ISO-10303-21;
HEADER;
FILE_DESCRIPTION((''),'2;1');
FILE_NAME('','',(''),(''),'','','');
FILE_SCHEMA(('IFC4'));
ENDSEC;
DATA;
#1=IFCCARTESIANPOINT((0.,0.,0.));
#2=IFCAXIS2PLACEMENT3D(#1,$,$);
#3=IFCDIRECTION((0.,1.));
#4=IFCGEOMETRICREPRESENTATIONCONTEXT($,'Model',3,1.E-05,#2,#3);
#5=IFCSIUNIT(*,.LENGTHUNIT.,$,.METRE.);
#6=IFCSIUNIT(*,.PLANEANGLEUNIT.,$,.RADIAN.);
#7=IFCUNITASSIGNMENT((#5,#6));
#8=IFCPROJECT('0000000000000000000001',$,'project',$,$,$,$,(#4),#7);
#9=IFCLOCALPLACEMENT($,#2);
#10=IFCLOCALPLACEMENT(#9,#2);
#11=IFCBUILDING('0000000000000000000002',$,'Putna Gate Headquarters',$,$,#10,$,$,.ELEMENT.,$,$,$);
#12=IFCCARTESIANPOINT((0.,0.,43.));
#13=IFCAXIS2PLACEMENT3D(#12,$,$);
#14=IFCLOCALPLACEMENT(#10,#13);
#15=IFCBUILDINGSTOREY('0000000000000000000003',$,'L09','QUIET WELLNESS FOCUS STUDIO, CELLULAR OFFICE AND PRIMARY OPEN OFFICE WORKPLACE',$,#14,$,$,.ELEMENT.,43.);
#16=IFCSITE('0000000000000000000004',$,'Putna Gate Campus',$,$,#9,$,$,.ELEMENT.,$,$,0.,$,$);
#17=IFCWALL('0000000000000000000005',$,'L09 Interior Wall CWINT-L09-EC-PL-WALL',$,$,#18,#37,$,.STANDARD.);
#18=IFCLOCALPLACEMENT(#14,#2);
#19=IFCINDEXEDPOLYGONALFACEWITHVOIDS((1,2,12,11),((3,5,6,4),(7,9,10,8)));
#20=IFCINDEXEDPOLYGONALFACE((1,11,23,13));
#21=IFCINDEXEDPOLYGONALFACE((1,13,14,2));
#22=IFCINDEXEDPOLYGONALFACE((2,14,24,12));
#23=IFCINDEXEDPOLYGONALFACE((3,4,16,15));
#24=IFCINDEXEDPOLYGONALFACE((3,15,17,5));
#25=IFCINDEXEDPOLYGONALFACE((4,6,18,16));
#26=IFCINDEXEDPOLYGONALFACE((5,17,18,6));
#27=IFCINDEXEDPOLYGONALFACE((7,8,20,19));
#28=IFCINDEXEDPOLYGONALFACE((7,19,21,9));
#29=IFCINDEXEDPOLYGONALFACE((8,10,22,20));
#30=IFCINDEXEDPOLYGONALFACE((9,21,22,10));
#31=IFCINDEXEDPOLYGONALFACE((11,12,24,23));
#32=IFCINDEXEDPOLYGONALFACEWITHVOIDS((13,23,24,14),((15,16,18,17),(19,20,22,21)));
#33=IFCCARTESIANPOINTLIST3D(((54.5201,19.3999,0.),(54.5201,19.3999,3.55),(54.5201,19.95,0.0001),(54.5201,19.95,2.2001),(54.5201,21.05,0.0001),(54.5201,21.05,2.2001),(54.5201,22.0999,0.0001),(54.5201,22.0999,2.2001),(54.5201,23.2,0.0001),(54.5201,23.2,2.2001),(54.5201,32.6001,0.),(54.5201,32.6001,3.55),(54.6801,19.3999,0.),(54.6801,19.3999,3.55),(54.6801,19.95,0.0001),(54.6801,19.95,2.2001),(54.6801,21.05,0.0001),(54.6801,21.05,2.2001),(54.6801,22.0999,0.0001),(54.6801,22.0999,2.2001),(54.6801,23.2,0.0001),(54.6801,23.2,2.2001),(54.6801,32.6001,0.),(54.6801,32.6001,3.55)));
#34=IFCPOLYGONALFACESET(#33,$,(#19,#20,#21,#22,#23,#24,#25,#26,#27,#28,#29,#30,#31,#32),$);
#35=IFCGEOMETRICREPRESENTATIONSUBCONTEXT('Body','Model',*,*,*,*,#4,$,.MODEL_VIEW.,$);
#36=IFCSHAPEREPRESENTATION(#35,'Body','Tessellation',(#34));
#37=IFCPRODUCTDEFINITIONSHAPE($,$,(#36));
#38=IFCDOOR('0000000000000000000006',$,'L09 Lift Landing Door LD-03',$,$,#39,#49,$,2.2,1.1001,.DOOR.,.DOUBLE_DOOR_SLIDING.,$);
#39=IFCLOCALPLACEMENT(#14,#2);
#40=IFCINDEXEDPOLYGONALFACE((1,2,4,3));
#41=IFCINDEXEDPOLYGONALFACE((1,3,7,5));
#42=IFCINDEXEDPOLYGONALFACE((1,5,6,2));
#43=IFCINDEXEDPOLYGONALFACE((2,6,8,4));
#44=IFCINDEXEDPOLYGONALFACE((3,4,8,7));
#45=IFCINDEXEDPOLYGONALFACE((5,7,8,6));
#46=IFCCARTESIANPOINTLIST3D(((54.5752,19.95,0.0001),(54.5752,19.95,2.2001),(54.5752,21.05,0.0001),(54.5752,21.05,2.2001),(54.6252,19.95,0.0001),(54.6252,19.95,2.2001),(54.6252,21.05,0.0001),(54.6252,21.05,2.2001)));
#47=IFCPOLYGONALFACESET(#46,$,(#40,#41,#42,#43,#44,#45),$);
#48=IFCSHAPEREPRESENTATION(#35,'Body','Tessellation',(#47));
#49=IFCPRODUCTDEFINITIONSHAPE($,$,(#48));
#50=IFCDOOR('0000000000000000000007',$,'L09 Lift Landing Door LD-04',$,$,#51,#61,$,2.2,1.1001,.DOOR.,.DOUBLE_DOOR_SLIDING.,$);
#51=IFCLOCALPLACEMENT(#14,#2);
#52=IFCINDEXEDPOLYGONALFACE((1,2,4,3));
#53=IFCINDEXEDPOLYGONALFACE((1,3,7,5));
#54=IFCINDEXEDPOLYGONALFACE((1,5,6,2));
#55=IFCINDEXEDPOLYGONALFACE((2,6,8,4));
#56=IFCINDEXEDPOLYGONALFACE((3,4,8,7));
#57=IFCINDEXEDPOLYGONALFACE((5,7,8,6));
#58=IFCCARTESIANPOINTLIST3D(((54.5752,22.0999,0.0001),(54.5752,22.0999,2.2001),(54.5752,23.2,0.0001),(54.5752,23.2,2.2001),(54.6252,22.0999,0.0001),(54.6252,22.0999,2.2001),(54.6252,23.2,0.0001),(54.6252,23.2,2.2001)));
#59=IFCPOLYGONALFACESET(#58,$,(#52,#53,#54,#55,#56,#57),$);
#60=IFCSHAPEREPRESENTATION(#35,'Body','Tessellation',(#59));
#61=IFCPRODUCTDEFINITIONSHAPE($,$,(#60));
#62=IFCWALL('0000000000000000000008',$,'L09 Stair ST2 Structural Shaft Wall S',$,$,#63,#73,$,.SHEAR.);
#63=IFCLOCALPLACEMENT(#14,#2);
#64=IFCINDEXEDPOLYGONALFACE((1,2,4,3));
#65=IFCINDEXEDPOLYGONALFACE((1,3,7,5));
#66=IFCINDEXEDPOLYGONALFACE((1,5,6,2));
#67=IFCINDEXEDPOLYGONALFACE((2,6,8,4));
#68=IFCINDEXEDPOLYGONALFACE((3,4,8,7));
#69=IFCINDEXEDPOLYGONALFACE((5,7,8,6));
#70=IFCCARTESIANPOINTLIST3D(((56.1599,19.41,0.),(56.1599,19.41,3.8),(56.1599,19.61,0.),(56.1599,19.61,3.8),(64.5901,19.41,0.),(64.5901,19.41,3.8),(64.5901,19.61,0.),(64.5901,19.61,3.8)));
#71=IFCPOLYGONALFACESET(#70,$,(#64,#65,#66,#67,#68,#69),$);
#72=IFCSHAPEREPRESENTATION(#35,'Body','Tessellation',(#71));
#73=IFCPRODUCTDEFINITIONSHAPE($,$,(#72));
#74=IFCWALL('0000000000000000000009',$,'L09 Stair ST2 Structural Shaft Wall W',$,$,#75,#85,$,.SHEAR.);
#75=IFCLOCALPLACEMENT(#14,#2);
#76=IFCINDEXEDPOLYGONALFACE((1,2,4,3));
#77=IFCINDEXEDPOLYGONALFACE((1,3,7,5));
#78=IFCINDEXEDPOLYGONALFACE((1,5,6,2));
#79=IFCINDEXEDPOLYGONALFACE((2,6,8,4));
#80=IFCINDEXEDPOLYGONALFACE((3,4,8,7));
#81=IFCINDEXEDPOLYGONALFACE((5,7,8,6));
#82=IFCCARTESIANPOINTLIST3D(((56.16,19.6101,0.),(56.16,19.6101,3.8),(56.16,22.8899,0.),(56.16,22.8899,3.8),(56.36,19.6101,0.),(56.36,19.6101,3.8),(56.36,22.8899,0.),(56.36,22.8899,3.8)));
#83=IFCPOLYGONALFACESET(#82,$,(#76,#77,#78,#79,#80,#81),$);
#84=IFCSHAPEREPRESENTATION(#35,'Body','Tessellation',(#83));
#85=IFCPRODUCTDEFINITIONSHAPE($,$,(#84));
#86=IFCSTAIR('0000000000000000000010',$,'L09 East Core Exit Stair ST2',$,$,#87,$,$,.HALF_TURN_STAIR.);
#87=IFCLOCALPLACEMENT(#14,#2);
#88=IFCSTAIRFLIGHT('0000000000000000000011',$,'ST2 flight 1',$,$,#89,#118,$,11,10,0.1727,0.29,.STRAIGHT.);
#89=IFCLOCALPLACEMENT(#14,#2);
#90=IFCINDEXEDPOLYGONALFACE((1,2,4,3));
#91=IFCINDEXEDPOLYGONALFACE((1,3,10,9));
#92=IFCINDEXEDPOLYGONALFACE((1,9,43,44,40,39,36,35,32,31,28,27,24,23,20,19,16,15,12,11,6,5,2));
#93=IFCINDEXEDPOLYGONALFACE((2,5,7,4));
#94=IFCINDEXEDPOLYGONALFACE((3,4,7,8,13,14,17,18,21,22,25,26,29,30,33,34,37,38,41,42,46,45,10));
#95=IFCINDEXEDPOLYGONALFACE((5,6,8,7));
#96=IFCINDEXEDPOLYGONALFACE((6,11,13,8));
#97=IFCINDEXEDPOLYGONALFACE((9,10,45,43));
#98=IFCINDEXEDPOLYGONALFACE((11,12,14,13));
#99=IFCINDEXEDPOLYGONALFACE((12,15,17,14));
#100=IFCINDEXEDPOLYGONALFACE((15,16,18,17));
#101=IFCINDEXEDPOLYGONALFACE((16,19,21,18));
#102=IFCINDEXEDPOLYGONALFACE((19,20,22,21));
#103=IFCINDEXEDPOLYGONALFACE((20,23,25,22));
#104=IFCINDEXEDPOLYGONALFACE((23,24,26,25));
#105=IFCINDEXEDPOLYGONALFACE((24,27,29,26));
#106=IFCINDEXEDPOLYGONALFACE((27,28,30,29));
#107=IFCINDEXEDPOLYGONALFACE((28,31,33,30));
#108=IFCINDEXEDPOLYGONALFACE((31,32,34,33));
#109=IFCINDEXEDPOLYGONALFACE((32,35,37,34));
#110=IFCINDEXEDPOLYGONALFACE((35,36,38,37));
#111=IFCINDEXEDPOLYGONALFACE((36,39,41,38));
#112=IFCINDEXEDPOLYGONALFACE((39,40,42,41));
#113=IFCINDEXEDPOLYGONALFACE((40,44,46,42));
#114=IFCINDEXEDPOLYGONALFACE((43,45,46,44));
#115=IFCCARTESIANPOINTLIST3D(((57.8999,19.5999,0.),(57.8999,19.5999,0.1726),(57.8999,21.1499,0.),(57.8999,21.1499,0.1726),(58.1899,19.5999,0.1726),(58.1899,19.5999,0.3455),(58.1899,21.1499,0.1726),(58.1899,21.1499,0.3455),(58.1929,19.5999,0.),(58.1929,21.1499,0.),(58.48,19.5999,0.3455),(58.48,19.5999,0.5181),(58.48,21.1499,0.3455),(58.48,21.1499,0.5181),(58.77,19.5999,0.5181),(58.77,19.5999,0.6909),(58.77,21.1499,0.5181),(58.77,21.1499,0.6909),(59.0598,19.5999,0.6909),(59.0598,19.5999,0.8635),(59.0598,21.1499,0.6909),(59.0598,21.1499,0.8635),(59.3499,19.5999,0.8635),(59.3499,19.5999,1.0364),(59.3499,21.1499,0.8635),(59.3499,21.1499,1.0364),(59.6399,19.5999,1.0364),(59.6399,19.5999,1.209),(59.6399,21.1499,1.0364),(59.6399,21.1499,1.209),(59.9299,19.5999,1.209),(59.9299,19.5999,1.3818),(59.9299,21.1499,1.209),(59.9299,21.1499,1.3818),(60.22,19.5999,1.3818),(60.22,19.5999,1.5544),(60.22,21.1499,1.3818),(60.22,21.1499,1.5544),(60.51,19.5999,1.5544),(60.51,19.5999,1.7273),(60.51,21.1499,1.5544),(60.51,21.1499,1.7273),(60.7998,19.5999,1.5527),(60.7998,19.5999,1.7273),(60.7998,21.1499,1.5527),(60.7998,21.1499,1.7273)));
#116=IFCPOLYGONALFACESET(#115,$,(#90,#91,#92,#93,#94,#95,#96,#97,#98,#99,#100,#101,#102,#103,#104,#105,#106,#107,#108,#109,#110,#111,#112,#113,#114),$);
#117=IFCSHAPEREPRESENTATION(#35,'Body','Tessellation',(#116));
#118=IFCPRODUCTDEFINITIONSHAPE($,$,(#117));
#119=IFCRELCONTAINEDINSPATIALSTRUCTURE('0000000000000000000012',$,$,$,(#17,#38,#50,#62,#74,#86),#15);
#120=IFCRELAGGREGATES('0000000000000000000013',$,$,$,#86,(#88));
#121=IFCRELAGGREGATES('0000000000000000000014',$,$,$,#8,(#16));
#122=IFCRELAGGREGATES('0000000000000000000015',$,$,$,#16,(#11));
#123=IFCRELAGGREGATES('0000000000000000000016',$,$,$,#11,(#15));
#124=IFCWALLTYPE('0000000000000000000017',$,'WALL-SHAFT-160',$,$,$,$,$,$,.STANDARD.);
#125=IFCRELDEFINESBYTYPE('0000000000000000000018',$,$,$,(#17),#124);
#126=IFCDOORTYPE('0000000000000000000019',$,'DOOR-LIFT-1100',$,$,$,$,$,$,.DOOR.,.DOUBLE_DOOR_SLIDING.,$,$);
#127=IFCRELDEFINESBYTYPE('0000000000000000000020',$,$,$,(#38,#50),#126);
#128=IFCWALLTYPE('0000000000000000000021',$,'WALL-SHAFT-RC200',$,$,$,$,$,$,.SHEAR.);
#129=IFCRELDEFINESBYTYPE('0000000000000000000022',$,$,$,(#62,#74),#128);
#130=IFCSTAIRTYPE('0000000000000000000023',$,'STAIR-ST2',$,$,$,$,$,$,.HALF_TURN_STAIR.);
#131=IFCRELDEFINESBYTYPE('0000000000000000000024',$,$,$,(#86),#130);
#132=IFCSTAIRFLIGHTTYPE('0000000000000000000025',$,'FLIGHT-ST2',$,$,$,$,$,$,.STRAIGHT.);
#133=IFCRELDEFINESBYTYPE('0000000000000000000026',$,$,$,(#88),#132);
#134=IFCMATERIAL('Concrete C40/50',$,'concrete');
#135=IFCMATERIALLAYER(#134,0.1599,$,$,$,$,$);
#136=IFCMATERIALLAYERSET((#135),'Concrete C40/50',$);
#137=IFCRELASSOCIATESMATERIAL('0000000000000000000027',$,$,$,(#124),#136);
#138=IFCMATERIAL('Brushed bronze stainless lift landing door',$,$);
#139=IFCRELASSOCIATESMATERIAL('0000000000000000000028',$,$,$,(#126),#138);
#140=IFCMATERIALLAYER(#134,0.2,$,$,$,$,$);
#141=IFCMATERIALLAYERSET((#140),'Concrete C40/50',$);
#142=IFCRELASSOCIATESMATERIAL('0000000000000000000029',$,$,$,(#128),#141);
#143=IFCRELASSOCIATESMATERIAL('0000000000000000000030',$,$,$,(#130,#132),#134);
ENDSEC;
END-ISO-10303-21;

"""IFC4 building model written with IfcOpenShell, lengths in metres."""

from ifc_helpers import new_model, si_unit, direction, frame, frame_2d, origin, place, context, subcontext, project, spatial, polyline, rectangle, outline, extrude, material, layer, layer_set, type_object, element, fill, aggregate, save


model = new_model("IFC4")

# Units and contexts
model_context = context("Model", 3, precision=1e-05, world=origin(), true_north=direction((0.0, 1.0)))
body_context = subcontext(model_context, "Body", "Model", "MODEL_VIEW")
ifc_project = project(units=[si_unit("LENGTHUNIT", "METRE"), si_unit("PLANEANGLEUNIT", "RADIAN")], contexts=[model_context])

# Site, building, storey
site_placement = place(None, origin())
site = spatial("IfcSite", under=ifc_project, at=site_placement, Name="Putna Gate Campus", CompositionType="ELEMENT", RefElevation=0.0)
building_placement = place(site_placement, origin())
building = spatial("IfcBuilding", under=site, at=building_placement, Name="Putna Gate Headquarters", CompositionType="ELEMENT")
storey_placement = place(building_placement, frame((0.0, 0.0, 43.0)))
storey = spatial("IfcBuildingStorey", under=building, at=storey_placement, Name="L09", Description="QUIET WELLNESS FOCUS STUDIO, CELLULAR OFFICE AND PRIMARY OPEN OFFICE WORKPLACE", CompositionType="ELEMENT", Elevation=43.0)

# Wall, openings, doors
ifc_material_1 = material(Name="Concrete C40/50", Category="concrete")
ifc_layer_1 = layer(ifc_material_1, 0.1599)
ifc_layer_set_1 = layer_set([ifc_layer_1], Name="Concrete C40/50")
wall_type_1 = type_object("IfcWallType", Name="WALL-SHAFT-160", PredefinedType="STANDARD", material=ifc_layer_set_1)
wall_1_placement = place(storey_placement, frame((54.6001, 19.3999, 0.0), z_axis=(0.0, 0.0, 1.0), x_axis=(0.0, 1.0, 0.0)))
wall_1 = element("IfcWall", 1, at=wall_1_placement, inside=storey, type_object=wall_type_1, Name="L09 Interior Wall CWINT-L09-EC-PL-WALL", PredefinedType="STANDARD", context=body_context, shape_type="SweptSolid", body=[
    extrude(rectangle(XDim=13.2002, YDim=0.1599, at=frame_2d((6.6001, 0.0))), origin(), (0.0, 0.0, 1.0), 3.55),
])
opening_1_placement = place(wall_1_placement, frame((0.55, 0.0, 0.0)))
opening_1 = element("IfcOpeningElement", 2, at=opening_1_placement, cuts=wall_1, PredefinedType="OPENING", context=body_context, shape_type="SweptSolid", body=[
    extrude(rectangle(XDim=1.1001, YDim=2.2, at=frame_2d((0.55, 1.1001))), frame((0.0, 0.0898, 0.0), z_axis=(0.0, -1.0, 0.0), x_axis=(1.0, 0.0, 0.0)), (0.0, 0.0, 1.0), 0.1799),
])
opening_2_placement = place(wall_1_placement, frame((2.7, 0.0, 0.0)))
opening_2 = element("IfcOpeningElement", 3, at=opening_2_placement, cuts=wall_1, PredefinedType="OPENING", context=body_context, shape_type="SweptSolid", body=[
    extrude(rectangle(XDim=1.1001, YDim=2.2, at=frame_2d((0.55, 1.1001))), frame((0.0, 0.0898, 0.0), z_axis=(0.0, -1.0, 0.0), x_axis=(1.0, 0.0, 0.0)), (0.0, 0.0, 1.0), 0.1799),
])
ifc_material_2 = material(Name="Brushed bronze stainless lift landing door")
door_type_1 = type_object("IfcDoorType", Name="DOOR-LIFT-1100", OperationType="DOUBLE_DOOR_SLIDING", PredefinedType="DOOR", material=ifc_material_2)
door_1_placement = place(opening_1_placement, origin())
door_1 = element("IfcDoor", 4, at=door_1_placement, inside=storey, type_object=door_type_1, Name="L09 Lift Landing Door LD-03", OperationType="DOUBLE_DOOR_SLIDING", OverallHeight=2.2, OverallWidth=1.1001, PredefinedType="DOOR", context=body_context, shape_type="SweptSolid", body=[
    extrude(rectangle(XDim=1.1001, YDim=2.2, at=frame_2d((0.55, 1.1001))), frame((0.0, 0.0249, 0.0), z_axis=(0.0, -1.0, 0.0), x_axis=(1.0, 0.0, 0.0)), (0.0, 0.0, 1.0), 0.05),
])
fill(opening_1, door_1)
door_2_placement = place(opening_2_placement, origin())
door_2 = element("IfcDoor", 5, at=door_2_placement, inside=storey, type_object=door_type_1, Name="L09 Lift Landing Door LD-04", OperationType="DOUBLE_DOOR_SLIDING", OverallHeight=2.2, OverallWidth=1.1001, PredefinedType="DOOR", context=body_context, shape_type="SweptSolid", body=[
    extrude(rectangle(XDim=1.1001, YDim=2.2, at=frame_2d((0.55, 1.1001))), frame((0.0, 0.0249, 0.0), z_axis=(0.0, -1.0, 0.0), x_axis=(1.0, 0.0, 0.0)), (0.0, 0.0, 1.0), 0.05),
])
fill(opening_2, door_2)

# Walls
ifc_layer_2 = layer(ifc_material_1, 0.2)
ifc_layer_set_2 = layer_set([ifc_layer_2], Name="Concrete C40/50")
wall_type_2 = type_object("IfcWallType", Name="WALL-SHAFT-RC200", PredefinedType="SHEAR", material=ifc_layer_set_2)
wall_2_placement = place(storey_placement, frame((56.1599, 19.51, 0.0), z_axis=(0.0, 0.0, 1.0), x_axis=(1.0, 0.0, 0.0)))
element("IfcWall", 6, at=wall_2_placement, inside=storey, type_object=wall_type_2, Name="L09 Stair ST2 Structural Shaft Wall S", PredefinedType="SHEAR", context=body_context, shape_type="SweptSolid", body=[
    extrude(rectangle(XDim=8.4302, YDim=0.2, at=frame_2d((4.2151, 0.0))), origin(), (0.0, 0.0, 1.0), 3.8),
])
wall_3_placement = place(storey_placement, frame((56.26, 19.6101, 0.0), z_axis=(0.0, 0.0, 1.0), x_axis=(0.0, 1.0, 0.0)))
element("IfcWall", 7, at=wall_3_placement, inside=storey, type_object=wall_type_2, Name="L09 Stair ST2 Structural Shaft Wall W", PredefinedType="SHEAR", context=body_context, shape_type="SweptSolid", body=[
    extrude(rectangle(XDim=3.2798, YDim=0.2, at=frame_2d((1.6399, 0.0))), origin(), (0.0, 0.0, 1.0), 3.8),
])

# Stair, stair flight
stair_type = type_object("IfcStairType", Name="STAIR-ST2", PredefinedType="HALF_TURN_STAIR", material=ifc_material_1)
stair_placement = place(storey_placement, origin())
stair = element("IfcStair", 8, at=stair_placement, inside=storey, type_object=stair_type, Name="L09 East Core Exit Stair ST2", PredefinedType="HALF_TURN_STAIR")
stair_flight_type = type_object("IfcStairFlightType", Name="FLIGHT-ST2", PredefinedType="STRAIGHT", material=ifc_material_1)
stair_flight_placement = place(storey_placement, frame((57.8999, 20.375, 0.0), z_axis=(0.0, 0.0, 1.0), x_axis=(1.0, 0.0, 0.0)))
stair_flight = element("IfcStairFlight", 9, at=stair_flight_placement, type_object=stair_flight_type, Name="ST2 flight 1", NumberOfRisers=11, NumberOfTreads=10, PredefinedType="STRAIGHT", RiserHeight=0.1727, TreadLength=0.29, context=body_context, shape_type="SweptSolid", body=[
    extrude(outline(polyline([(0.0, 0.0), (0.0, 0.1726), (0.29, 0.1726), (0.29, 0.3455), (0.5801, 0.3455), (0.5801, 0.5181), (0.8701, 0.5181), (0.8701, 0.6909), (1.1599, 0.6909), (1.1599, 0.8635), (1.45, 0.8635), (1.45, 1.0364), (1.74, 1.0364), (1.74, 1.209), (2.03, 1.209), (2.03, 1.3818), (2.3201, 1.3818), (2.3201, 1.5544), (2.6101, 1.5544), (2.6101, 1.7273), (2.8999, 1.7273), (2.8999, 1.8999), (2.8999, 1.5527), (0.293, 0.0), (0.0, 0.0)])), frame((0.0, 0.7749, 0.0), z_axis=(0.0, -1.0, 0.0), x_axis=(1.0, 0.0, 0.0)), (0.0, 0.0, 1.0), 1.55),
])
aggregate(stair, [stair_flight])

save(model, "model.ifc")
